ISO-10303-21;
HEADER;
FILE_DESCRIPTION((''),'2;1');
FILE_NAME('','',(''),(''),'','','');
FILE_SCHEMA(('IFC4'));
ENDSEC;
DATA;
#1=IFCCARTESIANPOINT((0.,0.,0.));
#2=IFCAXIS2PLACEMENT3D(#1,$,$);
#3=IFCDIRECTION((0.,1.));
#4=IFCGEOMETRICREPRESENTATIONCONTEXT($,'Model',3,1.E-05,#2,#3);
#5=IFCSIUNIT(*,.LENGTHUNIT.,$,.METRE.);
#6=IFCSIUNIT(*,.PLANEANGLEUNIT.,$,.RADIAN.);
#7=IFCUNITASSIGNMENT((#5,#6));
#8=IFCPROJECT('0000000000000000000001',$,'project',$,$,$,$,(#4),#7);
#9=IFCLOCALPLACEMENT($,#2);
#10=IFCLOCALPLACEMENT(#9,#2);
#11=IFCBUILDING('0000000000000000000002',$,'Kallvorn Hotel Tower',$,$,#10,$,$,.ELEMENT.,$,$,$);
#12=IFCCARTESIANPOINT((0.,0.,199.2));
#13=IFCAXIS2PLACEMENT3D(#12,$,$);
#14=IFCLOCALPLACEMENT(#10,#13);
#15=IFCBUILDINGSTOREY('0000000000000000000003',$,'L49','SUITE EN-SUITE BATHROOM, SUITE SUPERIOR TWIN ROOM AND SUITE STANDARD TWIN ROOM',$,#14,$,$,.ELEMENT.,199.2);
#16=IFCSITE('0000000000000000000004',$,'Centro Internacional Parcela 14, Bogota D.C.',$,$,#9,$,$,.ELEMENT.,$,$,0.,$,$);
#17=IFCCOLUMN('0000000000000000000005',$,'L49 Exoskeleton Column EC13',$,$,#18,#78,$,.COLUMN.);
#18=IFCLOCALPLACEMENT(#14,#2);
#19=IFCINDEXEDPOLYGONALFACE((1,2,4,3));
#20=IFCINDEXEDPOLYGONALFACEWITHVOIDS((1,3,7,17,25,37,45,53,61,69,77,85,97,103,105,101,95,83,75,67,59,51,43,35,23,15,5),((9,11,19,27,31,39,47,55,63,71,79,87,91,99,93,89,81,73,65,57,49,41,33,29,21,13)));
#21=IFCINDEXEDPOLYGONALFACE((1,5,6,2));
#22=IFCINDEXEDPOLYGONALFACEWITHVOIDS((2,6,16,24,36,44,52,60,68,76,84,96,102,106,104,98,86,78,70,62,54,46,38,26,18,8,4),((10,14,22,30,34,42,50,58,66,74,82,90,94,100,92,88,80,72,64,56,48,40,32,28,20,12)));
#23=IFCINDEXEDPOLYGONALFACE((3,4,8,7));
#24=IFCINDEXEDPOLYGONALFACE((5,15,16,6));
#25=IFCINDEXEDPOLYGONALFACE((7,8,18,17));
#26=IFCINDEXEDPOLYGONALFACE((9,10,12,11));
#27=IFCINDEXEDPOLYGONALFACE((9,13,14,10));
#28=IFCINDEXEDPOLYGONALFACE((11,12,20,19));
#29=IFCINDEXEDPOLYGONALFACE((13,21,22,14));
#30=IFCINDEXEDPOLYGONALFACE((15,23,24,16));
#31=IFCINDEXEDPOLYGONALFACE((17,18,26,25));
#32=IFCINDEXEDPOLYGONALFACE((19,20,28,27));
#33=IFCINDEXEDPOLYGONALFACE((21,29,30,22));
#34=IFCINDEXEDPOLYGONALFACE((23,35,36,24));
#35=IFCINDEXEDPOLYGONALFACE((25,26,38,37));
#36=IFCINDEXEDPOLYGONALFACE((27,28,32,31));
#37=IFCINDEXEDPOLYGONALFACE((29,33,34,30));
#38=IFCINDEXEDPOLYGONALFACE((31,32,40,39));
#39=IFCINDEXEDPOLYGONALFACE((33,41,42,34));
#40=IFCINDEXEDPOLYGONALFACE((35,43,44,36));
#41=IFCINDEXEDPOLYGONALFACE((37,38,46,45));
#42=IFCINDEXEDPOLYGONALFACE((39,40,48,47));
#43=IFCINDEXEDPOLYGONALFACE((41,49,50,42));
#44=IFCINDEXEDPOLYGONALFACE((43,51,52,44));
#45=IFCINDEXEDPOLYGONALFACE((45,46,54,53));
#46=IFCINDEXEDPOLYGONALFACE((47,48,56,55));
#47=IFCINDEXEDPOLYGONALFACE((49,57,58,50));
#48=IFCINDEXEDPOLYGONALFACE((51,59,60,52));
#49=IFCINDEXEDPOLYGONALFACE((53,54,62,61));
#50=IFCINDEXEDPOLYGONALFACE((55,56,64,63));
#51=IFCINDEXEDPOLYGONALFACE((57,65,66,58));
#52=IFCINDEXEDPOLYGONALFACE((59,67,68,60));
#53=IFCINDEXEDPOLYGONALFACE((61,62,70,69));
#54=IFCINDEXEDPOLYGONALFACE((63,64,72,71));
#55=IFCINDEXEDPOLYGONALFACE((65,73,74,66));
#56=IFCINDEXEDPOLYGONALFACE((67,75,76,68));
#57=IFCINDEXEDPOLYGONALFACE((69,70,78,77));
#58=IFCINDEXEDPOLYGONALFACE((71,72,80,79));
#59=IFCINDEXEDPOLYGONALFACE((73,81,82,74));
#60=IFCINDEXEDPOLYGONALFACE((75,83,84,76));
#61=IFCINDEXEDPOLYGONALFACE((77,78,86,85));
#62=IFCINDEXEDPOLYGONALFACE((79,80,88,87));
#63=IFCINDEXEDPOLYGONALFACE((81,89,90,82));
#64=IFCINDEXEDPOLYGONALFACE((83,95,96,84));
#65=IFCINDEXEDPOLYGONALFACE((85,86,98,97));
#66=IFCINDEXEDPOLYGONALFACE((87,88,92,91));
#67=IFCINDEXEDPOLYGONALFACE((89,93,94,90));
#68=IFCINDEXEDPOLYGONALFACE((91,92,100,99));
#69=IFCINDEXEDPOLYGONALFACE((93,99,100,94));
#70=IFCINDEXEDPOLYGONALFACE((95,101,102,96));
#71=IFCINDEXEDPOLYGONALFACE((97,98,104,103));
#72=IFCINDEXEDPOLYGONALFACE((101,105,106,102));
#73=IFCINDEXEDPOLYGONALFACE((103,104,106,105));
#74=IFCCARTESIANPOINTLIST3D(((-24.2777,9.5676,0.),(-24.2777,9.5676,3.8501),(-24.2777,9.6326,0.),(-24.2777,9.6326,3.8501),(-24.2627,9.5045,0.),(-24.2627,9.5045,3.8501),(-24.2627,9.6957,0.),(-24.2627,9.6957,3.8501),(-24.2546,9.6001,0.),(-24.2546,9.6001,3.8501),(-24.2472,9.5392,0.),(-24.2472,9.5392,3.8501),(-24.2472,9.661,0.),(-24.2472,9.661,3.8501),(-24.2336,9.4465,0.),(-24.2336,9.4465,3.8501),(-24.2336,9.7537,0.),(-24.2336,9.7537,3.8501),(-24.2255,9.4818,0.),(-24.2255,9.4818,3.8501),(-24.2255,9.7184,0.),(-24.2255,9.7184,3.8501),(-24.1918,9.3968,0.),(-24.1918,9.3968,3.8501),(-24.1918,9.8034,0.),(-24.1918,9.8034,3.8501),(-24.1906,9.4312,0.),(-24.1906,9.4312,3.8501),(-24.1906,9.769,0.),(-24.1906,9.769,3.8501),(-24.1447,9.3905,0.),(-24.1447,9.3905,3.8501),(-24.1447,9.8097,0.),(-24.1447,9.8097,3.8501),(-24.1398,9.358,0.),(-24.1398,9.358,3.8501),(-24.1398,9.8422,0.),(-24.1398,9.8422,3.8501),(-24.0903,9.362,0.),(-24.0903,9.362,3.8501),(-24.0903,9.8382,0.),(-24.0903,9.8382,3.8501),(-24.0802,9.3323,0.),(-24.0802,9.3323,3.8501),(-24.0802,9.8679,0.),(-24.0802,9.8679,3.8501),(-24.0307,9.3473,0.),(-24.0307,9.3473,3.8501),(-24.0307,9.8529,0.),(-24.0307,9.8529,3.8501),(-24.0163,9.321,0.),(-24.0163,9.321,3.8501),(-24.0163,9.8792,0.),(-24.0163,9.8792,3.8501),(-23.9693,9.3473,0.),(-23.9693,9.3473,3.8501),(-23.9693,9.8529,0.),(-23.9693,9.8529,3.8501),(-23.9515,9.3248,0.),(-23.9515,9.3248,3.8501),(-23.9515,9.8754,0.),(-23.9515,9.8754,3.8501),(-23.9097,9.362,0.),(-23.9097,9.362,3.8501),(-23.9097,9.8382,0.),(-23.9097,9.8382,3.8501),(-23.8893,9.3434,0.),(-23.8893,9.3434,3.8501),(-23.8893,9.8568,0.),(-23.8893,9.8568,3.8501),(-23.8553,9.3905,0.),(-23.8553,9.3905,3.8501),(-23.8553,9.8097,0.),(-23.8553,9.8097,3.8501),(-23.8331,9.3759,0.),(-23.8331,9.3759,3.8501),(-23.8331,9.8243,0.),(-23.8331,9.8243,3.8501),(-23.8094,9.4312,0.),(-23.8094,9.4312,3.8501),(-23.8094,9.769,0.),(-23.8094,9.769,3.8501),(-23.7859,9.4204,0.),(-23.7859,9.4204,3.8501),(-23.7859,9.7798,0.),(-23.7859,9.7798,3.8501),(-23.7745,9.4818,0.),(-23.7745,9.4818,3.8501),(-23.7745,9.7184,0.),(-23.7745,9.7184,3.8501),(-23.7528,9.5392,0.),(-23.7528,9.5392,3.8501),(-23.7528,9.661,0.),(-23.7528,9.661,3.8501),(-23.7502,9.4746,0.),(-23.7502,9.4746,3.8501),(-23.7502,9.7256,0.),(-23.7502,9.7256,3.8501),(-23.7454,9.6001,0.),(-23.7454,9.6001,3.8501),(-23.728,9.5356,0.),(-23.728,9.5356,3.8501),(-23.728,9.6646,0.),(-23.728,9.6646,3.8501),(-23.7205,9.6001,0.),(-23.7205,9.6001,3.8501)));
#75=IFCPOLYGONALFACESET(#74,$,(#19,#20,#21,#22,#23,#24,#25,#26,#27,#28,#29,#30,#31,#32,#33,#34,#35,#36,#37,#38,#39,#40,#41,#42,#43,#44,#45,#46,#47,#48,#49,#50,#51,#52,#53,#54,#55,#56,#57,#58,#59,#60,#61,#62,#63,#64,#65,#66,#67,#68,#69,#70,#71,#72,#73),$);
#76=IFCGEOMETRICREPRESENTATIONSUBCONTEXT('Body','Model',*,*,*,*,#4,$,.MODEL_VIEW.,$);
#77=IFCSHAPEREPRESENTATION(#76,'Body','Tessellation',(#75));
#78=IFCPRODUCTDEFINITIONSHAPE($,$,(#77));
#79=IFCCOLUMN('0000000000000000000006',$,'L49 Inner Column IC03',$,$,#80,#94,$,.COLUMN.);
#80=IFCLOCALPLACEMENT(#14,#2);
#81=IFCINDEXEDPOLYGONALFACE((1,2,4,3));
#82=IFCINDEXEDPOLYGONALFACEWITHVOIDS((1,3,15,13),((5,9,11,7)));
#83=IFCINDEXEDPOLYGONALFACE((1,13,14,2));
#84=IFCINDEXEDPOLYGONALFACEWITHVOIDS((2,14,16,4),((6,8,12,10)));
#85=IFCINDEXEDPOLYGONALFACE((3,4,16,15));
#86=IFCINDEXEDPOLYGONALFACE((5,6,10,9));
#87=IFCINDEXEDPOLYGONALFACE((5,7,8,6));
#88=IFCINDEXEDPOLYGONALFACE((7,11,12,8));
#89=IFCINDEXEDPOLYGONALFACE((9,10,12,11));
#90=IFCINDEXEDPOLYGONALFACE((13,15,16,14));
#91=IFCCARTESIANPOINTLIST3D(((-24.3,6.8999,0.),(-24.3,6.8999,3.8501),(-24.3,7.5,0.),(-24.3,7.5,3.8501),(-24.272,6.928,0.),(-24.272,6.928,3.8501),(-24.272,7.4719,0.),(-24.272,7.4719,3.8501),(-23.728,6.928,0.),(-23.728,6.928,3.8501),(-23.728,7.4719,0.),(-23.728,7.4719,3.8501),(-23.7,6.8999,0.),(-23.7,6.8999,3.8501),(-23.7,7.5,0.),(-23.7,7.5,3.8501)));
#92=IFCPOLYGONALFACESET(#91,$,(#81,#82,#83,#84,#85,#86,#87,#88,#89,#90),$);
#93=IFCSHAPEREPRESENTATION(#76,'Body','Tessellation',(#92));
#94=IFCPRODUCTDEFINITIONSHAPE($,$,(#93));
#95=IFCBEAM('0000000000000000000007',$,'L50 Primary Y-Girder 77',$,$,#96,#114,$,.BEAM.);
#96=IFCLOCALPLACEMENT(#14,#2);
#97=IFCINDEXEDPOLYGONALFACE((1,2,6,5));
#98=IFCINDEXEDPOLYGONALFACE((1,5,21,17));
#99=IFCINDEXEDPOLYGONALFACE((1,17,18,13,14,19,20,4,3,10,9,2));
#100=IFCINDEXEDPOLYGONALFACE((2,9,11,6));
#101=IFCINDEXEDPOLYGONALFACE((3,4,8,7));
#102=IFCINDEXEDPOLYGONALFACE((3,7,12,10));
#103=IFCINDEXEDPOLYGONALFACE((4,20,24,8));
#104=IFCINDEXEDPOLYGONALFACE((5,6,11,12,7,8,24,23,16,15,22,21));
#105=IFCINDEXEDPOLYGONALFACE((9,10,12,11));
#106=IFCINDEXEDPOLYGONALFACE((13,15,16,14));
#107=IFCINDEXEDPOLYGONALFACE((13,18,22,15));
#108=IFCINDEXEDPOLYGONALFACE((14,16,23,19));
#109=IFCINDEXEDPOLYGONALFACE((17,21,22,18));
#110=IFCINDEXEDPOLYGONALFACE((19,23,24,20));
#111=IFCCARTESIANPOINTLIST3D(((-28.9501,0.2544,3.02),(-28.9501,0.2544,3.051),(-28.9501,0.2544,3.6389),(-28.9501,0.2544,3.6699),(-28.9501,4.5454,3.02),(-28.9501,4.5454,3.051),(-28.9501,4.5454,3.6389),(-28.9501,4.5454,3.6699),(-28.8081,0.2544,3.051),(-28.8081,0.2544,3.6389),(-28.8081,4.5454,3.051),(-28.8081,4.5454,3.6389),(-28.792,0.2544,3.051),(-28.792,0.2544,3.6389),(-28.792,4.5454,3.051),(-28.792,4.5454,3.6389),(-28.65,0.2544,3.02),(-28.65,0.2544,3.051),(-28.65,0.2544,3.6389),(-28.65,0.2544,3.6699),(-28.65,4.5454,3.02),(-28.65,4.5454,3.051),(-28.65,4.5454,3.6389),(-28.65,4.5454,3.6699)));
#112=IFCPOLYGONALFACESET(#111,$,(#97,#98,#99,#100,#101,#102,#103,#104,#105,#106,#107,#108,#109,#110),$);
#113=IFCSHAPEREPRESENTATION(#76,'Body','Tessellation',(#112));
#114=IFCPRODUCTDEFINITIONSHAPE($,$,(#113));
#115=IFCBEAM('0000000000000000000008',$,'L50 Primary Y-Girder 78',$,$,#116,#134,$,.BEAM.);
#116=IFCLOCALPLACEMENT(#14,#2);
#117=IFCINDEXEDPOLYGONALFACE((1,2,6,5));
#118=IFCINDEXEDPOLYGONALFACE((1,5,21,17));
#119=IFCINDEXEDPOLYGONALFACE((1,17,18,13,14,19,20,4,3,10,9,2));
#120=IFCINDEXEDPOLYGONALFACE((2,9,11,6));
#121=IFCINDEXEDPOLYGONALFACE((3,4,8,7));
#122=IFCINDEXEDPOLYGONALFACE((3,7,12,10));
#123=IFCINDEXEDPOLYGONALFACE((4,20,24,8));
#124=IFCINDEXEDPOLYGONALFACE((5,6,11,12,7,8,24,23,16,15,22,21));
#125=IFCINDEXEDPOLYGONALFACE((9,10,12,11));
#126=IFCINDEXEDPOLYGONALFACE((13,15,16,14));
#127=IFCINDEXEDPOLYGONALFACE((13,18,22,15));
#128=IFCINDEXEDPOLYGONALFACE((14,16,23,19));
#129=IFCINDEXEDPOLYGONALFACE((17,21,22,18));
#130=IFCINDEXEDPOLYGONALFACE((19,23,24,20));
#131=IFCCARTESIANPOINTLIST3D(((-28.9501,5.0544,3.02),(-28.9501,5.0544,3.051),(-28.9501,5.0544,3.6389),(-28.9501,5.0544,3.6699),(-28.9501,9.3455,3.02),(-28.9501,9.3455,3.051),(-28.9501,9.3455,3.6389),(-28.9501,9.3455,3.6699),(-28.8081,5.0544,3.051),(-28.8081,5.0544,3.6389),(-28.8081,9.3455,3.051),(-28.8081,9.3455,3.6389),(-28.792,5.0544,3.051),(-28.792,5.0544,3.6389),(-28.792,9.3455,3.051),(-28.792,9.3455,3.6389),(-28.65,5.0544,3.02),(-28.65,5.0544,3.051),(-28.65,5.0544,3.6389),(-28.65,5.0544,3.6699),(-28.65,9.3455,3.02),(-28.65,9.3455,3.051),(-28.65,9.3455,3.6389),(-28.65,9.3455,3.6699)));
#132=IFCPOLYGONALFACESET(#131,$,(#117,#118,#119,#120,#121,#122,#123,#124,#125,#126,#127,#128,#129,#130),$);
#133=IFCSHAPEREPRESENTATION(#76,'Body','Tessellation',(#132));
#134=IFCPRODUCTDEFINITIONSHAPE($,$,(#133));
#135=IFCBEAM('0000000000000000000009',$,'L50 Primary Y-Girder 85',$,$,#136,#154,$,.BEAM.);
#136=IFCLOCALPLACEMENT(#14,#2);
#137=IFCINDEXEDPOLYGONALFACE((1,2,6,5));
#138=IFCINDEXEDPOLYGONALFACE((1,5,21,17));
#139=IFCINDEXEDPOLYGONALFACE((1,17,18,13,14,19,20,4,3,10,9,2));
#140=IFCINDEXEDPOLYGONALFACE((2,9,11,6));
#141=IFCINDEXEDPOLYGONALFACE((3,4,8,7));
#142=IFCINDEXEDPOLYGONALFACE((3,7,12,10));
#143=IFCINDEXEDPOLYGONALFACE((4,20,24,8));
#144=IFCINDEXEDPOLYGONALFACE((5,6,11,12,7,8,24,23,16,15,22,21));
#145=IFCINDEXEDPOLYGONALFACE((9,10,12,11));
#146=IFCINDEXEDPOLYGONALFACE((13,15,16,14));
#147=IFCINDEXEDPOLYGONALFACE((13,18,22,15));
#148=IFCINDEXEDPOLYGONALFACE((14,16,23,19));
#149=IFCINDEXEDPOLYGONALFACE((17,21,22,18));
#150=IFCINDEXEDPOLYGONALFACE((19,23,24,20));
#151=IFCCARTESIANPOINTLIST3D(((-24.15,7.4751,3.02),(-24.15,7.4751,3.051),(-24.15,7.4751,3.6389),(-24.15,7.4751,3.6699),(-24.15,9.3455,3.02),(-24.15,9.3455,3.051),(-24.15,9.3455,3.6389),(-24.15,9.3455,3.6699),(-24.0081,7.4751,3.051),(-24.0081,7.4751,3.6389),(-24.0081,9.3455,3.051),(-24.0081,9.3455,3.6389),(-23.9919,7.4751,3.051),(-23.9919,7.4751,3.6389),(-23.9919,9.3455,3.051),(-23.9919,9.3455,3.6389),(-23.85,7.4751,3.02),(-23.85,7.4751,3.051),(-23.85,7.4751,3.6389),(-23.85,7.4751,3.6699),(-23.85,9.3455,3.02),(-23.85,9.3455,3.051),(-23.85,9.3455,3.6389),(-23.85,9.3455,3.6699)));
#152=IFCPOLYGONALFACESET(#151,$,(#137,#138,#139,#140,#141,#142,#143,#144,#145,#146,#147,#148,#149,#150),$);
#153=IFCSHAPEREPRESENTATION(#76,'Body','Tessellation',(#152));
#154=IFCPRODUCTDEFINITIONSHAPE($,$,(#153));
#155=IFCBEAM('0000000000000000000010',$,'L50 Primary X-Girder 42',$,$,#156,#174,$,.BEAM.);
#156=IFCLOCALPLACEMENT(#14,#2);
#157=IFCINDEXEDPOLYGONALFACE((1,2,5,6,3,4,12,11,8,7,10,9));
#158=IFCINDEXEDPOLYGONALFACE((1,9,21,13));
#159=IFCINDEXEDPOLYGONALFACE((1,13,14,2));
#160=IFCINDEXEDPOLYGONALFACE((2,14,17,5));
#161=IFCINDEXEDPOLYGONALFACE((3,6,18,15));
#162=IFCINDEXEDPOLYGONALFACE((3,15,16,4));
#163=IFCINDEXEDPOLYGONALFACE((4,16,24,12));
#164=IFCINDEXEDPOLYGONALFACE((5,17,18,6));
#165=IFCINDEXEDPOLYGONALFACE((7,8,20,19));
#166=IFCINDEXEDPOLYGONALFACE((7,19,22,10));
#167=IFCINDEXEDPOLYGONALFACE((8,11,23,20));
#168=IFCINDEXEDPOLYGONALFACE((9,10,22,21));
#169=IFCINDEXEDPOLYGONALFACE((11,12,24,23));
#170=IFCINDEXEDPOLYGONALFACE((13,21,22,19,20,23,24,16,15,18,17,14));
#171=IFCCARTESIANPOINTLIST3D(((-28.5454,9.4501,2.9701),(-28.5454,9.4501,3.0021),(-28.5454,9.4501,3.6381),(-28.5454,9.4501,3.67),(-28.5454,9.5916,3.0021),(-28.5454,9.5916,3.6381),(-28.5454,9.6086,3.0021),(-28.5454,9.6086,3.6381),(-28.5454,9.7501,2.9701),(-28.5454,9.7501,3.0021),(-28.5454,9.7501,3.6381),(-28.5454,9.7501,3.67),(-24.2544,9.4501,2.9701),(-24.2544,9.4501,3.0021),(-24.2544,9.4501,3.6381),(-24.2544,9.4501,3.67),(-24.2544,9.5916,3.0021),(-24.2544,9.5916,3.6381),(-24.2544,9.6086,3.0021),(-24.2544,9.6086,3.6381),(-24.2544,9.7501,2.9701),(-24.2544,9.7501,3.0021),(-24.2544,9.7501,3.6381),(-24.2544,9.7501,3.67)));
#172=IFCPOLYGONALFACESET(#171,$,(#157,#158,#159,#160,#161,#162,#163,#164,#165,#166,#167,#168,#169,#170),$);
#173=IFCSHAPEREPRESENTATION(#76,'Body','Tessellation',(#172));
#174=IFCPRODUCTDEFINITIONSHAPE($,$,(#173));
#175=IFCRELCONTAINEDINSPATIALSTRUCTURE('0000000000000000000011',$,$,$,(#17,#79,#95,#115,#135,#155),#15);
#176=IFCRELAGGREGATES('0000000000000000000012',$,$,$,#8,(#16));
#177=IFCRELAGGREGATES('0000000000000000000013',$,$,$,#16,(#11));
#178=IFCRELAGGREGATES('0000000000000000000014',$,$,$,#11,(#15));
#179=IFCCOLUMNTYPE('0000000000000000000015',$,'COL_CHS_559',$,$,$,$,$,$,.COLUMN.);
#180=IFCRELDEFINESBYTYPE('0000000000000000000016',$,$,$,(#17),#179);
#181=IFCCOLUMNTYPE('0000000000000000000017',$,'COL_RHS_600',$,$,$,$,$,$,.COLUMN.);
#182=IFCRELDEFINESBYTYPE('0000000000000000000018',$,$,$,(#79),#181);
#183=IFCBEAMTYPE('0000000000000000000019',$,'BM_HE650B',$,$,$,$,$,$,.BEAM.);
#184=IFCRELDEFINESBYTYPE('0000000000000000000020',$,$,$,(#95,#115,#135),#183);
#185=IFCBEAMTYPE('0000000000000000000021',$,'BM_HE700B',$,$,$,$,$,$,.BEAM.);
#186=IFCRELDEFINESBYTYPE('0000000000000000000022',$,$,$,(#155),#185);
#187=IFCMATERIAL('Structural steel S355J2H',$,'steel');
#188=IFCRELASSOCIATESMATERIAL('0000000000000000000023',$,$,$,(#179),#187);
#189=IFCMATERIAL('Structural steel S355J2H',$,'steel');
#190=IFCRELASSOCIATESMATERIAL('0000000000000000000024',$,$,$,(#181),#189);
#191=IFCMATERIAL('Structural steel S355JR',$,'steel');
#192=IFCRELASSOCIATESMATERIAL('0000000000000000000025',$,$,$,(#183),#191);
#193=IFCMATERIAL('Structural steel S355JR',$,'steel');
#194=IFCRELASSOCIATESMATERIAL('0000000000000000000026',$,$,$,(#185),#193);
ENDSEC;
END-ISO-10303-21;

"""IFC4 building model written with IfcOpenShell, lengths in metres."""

from ifc_helpers import new_model, si_unit, direction, frame, origin, origin_2d, place, context, subcontext, project, spatial, hollow_rectangle, hollow_circle, i_section, extrude, material, material_profile, profile_set, type_object, element, save


model = new_model("IFC4")

# Units and contexts
model_context = context("Model", 3, precision=1e-05, world=origin(), true_north=direction((0.0, 1.0)))
body_context = subcontext(model_context, "Body", "Model", "MODEL_VIEW")
ifc_project = project(units=[si_unit("LENGTHUNIT", "METRE"), si_unit("PLANEANGLEUNIT", "RADIAN")], contexts=[model_context])

# Site, building, storey
site_placement = place(None, origin())
site = spatial("IfcSite", under=ifc_project, at=site_placement, Name="Centro Internacional Parcela 14, Bogota D.C.", CompositionType="ELEMENT", RefElevation=0.0)
building_placement = place(site_placement, origin())
building = spatial("IfcBuilding", under=site, at=building_placement, Name="Kallvorn Hotel Tower", CompositionType="ELEMENT")
storey_placement = place(building_placement, frame((0.0, 0.0, 199.2)))
storey = spatial("IfcBuildingStorey", under=building, at=storey_placement, Name="L49", Description="SUITE EN-SUITE BATHROOM, SUITE SUPERIOR TWIN ROOM AND SUITE STANDARD TWIN ROOM", CompositionType="ELEMENT", Elevation=199.2)

# Columns
ifc_material_1 = material(Name="Structural steel S355J2H", Category="steel")
ifc_material_profile_1 = material_profile(ifc_material_1, hollow_circle(Radius=0.2795, WallThickness=0.0249, at=origin_2d()), Name="CHS 559x25")
ifc_profile_set_1 = profile_set([ifc_material_profile_1], Name="Structural steel S355J2H")
column_type_1 = type_object("IfcColumnType", Name="COL_CHS_559", PredefinedType="COLUMN", material=ifc_profile_set_1)
for number, where, z_axis, x_axis, name in (
    (1, (-24.0, 9.6001, 0.0), (0.0, 0.0, 1.0), (1.0, 0.0, 0.0), "L49 Exoskeleton Column EC13"),
):
    element("IfcColumn", number, at=place(storey_placement, frame(where, z_axis=z_axis, x_axis=x_axis)), inside=storey, type_object=column_type_1, Name=name, PredefinedType="COLUMN", context=body_context, shape_type="SweptSolid", body=[
        extrude(hollow_circle(Radius=0.2795, WallThickness=0.0249, at=origin_2d()), origin(), (0.0, 0.0, 1.0), 3.8501),
    ])
ifc_material_2 = material(Name="Structural steel S355J2H", Category="steel")
ifc_material_profile_2 = material_profile(ifc_material_2, hollow_rectangle(XDim=0.6001, YDim=0.6001, WallThickness=0.0281, at=origin_2d()), Name="RHS 600x600x28")
ifc_profile_set_2 = profile_set([ifc_material_profile_2], Name="Structural steel S355J2H")
column_type_2 = type_object("IfcColumnType", Name="COL_RHS_600", PredefinedType="COLUMN", material=ifc_profile_set_2)
column_placement = place(storey_placement, frame((-24.0, 7.2, 0.0), z_axis=(0.0, 0.0, 1.0), x_axis=(1.0, 0.0, 0.0)))
element("IfcColumn", 2, at=column_placement, inside=storey, type_object=column_type_2, Name="L49 Inner Column IC03", PredefinedType="COLUMN", context=body_context, shape_type="SweptSolid", body=[
    extrude(hollow_rectangle(XDim=0.6001, YDim=0.6001, WallThickness=0.0281, at=origin_2d()), origin(), (0.0, 0.0, 1.0), 3.8501),
])

# Beams
ifc_material_3 = material(Name="Structural steel S355JR", Category="steel")
ifc_material_profile_3 = material_profile(ifc_material_3, i_section(OverallWidth=0.3, OverallDepth=0.6499, WebThickness=0.0161, FlangeThickness=0.031, at=origin_2d()), Name="HE 650 B")
ifc_profile_set_3 = profile_set([ifc_material_profile_3], Name="Structural steel S355JR")
beam_type_1 = type_object("IfcBeamType", Name="BM_HE650B", PredefinedType="BEAM", material=ifc_profile_set_3)
for number, where, z_axis, x_axis, name in (
    (3, (-28.8, 0.2544, 3.345), (0.0, 1.0, 0.0), (-1.0, 0.0, 0.0), "L50 Primary Y-Girder 77"),
    (4, (-28.8, 5.0544, 3.345), (0.0, 1.0, 0.0), (-1.0, 0.0, 0.0), "L50 Primary Y-Girder 78"),
):
    element("IfcBeam", number, at=place(storey_placement, frame(where, z_axis=z_axis, x_axis=x_axis)), inside=storey, type_object=beam_type_1, Name=name, PredefinedType="BEAM", context=body_context, shape_type="SweptSolid", body=[
        extrude(i_section(OverallWidth=0.3, OverallDepth=0.6499, WebThickness=0.0161, FlangeThickness=0.031, at=origin_2d()), origin(), (0.0, 0.0, 1.0), 4.291),
    ])
beam_1_placement = place(storey_placement, frame((-24.0, 7.4751, 3.345), z_axis=(0.0, 1.0, 0.0), x_axis=(-1.0, 0.0, 0.0)))
element("IfcBeam", 5, at=beam_1_placement, inside=storey, type_object=beam_type_1, Name="L50 Primary Y-Girder 85", PredefinedType="BEAM", context=body_context, shape_type="SweptSolid", body=[
    extrude(i_section(OverallWidth=0.3, OverallDepth=0.6499, WebThickness=0.0161, FlangeThickness=0.031, at=origin_2d()), origin(), (0.0, 0.0, 1.0), 1.8704),
])
ifc_material_4 = material(Name="Structural steel S355JR", Category="steel")
ifc_material_profile_4 = material_profile(ifc_material_4, i_section(OverallWidth=0.3, OverallDepth=0.7, WebThickness=0.0171, FlangeThickness=0.032, at=origin_2d()), Name="HE 700 B")
ifc_profile_set_4 = profile_set([ifc_material_profile_4], Name="Structural steel S355JR")
beam_type_2 = type_object("IfcBeamType", Name="BM_HE700B", PredefinedType="BEAM", material=ifc_profile_set_4)
beam_2_placement = place(storey_placement, frame((-28.5454, 9.6001, 3.3201), z_axis=(1.0, 0.0, 0.0), x_axis=(0.0, 1.0, 0.0)))
element("IfcBeam", 6, at=beam_2_placement, inside=storey, type_object=beam_type_2, Name="L50 Primary X-Girder 42", PredefinedType="BEAM", context=body_context, shape_type="SweptSolid", body=[
    extrude(i_section(OverallWidth=0.3, OverallDepth=0.7, WebThickness=0.0171, FlangeThickness=0.032, at=origin_2d()), origin(), (0.0, 0.0, 1.0), 4.291),
])

save(model, "model.ifc")
